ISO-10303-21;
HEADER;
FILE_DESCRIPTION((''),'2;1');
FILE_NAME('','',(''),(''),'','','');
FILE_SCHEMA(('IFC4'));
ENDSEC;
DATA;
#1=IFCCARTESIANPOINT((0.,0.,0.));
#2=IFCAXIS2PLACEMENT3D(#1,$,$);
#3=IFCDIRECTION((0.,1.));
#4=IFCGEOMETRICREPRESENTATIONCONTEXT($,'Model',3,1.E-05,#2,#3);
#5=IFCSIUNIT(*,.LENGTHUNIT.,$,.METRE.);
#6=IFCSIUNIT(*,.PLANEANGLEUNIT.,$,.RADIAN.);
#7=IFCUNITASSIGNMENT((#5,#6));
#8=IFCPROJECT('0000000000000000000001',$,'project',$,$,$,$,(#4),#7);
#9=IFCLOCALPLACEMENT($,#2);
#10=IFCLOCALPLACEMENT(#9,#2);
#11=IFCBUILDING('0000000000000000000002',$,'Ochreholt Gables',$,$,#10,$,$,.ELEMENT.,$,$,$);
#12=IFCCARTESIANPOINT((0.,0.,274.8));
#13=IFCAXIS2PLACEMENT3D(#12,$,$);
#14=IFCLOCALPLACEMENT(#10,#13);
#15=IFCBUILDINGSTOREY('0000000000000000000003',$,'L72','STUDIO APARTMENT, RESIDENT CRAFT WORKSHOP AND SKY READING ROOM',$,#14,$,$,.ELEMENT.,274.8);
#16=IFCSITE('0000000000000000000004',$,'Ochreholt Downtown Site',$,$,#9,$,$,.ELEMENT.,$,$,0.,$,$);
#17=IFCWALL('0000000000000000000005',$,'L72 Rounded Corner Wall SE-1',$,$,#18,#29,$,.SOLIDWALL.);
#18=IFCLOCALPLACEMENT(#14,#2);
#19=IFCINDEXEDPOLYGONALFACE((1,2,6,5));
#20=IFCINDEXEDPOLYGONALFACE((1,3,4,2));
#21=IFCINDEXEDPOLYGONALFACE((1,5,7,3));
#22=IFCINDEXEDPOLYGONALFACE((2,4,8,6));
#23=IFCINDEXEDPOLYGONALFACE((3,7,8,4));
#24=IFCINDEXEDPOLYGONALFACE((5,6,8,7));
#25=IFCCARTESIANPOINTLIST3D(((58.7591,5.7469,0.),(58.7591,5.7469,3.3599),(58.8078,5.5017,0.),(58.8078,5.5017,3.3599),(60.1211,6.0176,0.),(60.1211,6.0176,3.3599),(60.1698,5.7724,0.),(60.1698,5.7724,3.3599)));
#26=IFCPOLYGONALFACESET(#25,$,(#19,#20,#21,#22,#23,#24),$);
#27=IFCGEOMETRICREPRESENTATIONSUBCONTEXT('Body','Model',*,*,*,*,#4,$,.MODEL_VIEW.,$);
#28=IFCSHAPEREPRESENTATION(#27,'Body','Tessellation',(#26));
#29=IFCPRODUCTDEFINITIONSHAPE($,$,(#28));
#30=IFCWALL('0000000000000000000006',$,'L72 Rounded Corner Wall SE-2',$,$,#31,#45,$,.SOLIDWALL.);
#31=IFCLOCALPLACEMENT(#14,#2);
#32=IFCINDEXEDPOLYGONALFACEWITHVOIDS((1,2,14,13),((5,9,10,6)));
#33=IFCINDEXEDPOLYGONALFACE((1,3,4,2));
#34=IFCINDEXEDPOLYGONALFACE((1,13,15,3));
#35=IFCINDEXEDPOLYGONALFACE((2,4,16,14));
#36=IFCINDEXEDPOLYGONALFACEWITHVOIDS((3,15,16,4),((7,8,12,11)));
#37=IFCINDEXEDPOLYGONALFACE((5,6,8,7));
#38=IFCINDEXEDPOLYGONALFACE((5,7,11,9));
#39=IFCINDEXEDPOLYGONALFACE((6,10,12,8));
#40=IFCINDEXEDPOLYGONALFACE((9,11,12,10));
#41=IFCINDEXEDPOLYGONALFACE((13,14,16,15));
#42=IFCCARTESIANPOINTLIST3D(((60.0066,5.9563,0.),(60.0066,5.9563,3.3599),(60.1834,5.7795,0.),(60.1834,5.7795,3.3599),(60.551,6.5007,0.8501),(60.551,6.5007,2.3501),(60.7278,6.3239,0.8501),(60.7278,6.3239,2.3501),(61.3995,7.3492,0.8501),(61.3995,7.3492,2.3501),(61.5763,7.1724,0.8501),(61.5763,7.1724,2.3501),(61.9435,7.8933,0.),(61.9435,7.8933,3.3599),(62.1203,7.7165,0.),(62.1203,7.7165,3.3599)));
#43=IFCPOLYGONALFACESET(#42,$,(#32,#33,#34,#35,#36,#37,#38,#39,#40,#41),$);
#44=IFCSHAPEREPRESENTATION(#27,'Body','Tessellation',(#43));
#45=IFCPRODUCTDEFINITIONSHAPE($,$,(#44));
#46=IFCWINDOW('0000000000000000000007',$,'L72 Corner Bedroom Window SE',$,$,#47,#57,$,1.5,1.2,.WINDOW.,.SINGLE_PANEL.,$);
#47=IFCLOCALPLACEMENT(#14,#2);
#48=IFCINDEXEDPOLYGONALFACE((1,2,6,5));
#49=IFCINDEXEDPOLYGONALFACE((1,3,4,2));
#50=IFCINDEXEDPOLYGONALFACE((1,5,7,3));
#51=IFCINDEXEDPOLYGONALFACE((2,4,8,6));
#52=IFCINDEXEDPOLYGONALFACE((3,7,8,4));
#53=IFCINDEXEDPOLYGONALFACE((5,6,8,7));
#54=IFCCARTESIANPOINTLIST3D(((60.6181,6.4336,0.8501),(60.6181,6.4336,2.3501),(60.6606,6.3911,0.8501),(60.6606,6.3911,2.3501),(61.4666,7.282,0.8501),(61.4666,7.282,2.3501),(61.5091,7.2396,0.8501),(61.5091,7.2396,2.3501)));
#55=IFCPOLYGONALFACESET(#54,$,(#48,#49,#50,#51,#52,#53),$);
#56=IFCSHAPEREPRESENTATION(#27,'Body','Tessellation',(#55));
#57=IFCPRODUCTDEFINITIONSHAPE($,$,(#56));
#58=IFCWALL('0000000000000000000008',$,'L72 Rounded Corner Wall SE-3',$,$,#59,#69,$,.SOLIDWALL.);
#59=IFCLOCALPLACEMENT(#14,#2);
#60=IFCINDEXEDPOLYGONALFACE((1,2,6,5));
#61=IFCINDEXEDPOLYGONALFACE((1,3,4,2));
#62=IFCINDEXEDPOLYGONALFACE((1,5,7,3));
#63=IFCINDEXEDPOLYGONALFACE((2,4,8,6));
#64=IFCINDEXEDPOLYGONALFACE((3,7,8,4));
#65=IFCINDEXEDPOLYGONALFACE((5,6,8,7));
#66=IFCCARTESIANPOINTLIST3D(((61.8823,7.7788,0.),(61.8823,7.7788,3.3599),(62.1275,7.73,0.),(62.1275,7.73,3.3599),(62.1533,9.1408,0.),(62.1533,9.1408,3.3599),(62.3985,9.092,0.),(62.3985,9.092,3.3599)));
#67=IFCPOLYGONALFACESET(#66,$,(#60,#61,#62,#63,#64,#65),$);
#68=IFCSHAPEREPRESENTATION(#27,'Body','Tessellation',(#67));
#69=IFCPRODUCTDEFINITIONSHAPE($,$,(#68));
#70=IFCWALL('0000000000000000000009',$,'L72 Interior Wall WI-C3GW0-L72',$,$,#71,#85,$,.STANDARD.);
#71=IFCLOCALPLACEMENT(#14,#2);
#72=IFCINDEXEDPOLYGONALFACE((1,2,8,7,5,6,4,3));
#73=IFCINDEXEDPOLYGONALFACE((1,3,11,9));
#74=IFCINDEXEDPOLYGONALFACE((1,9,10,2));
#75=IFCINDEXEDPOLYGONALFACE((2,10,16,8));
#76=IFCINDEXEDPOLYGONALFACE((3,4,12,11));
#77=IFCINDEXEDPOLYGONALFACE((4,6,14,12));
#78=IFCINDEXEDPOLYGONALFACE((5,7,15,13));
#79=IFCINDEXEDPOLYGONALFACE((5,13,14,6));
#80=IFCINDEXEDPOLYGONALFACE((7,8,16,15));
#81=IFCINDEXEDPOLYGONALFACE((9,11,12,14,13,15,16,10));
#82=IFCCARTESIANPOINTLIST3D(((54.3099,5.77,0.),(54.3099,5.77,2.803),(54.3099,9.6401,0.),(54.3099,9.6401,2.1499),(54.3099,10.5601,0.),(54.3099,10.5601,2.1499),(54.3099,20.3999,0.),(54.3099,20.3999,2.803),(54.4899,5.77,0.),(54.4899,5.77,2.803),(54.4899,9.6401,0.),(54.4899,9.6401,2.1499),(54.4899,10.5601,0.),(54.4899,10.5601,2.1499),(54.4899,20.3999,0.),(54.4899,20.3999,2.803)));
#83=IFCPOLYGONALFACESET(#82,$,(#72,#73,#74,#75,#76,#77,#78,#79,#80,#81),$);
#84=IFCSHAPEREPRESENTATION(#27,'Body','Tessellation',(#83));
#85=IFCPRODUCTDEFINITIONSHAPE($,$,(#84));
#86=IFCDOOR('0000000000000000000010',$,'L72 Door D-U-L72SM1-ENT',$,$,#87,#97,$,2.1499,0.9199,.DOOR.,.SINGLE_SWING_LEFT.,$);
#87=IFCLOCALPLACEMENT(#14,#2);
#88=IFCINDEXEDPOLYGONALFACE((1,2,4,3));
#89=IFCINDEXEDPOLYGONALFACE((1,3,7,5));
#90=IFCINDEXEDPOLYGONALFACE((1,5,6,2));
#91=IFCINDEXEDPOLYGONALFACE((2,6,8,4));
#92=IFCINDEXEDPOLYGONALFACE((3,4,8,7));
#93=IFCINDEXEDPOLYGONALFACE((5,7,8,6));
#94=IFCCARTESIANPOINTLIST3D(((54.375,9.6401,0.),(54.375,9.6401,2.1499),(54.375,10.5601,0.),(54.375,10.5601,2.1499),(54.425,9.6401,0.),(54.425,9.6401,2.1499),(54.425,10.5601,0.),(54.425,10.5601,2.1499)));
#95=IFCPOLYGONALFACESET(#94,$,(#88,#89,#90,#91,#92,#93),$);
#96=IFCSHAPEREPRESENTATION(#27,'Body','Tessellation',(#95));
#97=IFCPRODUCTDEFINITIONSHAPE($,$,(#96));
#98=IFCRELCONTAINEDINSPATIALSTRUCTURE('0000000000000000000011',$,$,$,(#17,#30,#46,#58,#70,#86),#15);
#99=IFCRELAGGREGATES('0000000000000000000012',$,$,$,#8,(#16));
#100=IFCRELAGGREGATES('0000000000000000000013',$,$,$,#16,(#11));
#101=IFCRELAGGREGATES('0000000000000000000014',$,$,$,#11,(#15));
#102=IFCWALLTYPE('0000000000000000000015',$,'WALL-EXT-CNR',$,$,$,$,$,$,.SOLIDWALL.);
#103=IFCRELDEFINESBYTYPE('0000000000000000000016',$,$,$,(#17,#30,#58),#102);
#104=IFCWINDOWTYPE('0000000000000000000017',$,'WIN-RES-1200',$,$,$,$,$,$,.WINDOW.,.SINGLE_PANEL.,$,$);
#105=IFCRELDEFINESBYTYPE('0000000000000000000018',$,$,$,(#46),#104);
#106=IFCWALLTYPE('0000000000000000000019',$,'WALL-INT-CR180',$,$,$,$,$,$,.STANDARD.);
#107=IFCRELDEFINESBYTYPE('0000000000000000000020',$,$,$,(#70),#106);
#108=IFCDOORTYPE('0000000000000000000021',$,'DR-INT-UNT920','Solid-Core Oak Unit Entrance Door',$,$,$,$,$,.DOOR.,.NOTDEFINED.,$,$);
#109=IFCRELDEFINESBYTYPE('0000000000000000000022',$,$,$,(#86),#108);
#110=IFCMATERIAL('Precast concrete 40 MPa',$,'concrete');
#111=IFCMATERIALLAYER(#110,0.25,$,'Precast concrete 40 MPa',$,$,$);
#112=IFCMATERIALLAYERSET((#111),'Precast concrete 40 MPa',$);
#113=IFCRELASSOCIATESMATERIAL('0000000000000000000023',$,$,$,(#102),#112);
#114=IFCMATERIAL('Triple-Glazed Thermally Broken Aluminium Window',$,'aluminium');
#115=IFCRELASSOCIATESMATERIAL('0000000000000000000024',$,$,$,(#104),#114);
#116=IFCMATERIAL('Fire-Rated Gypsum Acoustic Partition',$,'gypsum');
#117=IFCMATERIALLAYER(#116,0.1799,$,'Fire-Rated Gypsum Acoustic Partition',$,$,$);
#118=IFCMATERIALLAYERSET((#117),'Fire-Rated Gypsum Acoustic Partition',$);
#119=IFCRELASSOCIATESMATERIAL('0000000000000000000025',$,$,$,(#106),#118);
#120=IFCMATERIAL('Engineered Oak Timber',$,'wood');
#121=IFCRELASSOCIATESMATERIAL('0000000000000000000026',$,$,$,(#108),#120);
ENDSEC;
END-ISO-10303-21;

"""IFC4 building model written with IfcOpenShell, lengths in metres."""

from ifc_helpers import new_model, si_unit, direction, frame, frame_2d, origin, place, context, subcontext, project, spatial, rectangle, extrude, material, layer, layer_set, type_object, element, fill, save


model = new_model("IFC4")

# Units and contexts
model_context = context("Model", 3, precision=1e-05, world=origin(), true_north=direction((0.0, 1.0)))
body_context = subcontext(model_context, "Body", "Model", "MODEL_VIEW")
ifc_project = project(units=[si_unit("LENGTHUNIT", "METRE"), si_unit("PLANEANGLEUNIT", "RADIAN")], contexts=[model_context])

# Site, building, storey
site_placement = place(None, origin())
site = spatial("IfcSite", under=ifc_project, at=site_placement, Name="Ochreholt Downtown Site", CompositionType="ELEMENT", RefElevation=0.0)
building_placement = place(site_placement, origin())
building = spatial("IfcBuilding", under=site, at=building_placement, Name="Ochreholt Gables", CompositionType="ELEMENT")
storey_placement = place(building_placement, frame((0.0, 0.0, 274.8)))
storey = spatial("IfcBuildingStorey", under=building, at=storey_placement, Name="L72", Description="STUDIO APARTMENT, RESIDENT CRAFT WORKSHOP AND SKY READING ROOM", CompositionType="ELEMENT", Elevation=274.8)

# Shared definitions
ifc_material_1 = material(Name="Precast concrete 40 MPa", Category="concrete")
ifc_material_2 = material(Name="Triple-Glazed Thermally Broken Aluminium Window", Category="aluminium")

# Wall
ifc_layer_1 = layer(ifc_material_1, 0.25, Name="Precast concrete 40 MPa")
ifc_layer_set_1 = layer_set([ifc_layer_1], Name="Precast concrete 40 MPa")
wall_type_1 = type_object("IfcWallType", Name="WALL-EXT-CNR", PredefinedType="SOLIDWALL", material=ifc_layer_set_1)
wall_1_placement = place(storey_placement, frame((58.7834, 5.6243, 0.0), z_axis=(0.0, 0.0, 1.0), x_axis=(0.98081, 0.194967, 0.0)))
element("IfcWall", 1, at=wall_1_placement, inside=storey, type_object=wall_type_1, Name="L72 Rounded Corner Wall SE-1", PredefinedType="SOLIDWALL", context=body_context, shape_type="SweptSolid", body=[
    extrude(rectangle(XDim=1.3887, YDim=0.25, at=frame_2d((0.6943, 0.0))), origin(), (0.0, 0.0, 1.0), 3.3599),
])

# Wall, opening, window
wall_2_placement = place(storey_placement, frame((60.095, 5.8679, 0.0), z_axis=(0.0, 0.0, 1.0), x_axis=(0.707107, 0.707107, 0.0)))
wall_2 = element("IfcWall", 2, at=wall_2_placement, inside=storey, type_object=wall_type_1, Name="L72 Rounded Corner Wall SE-2", PredefinedType="SOLIDWALL", context=body_context, shape_type="SweptSolid", body=[
    extrude(rectangle(XDim=2.7393, YDim=0.25, at=frame_2d((1.3696, 0.0))), origin(), (0.0, 0.0, 1.0), 3.3599),
])
opening_1_placement = place(wall_2_placement, frame((0.7698, 0.0, 0.8501)))
opening_1 = element("IfcOpeningElement", 3, at=opening_1_placement, cuts=wall_2, PredefinedType="OPENING", context=body_context, shape_type="SweptSolid", body=[
    extrude(rectangle(XDim=1.2, YDim=1.5, at=frame_2d((0.6001, 0.75))), frame((0.0, 0.135, 0.0), z_axis=(0.0, -1.0, 0.0), x_axis=(1.0, 0.0, 0.0)), (0.0, 0.0, 1.0), 0.27),
])
window_type_1 = type_object("IfcWindowType", Name="WIN-RES-1200", PartitioningType="SINGLE_PANEL", PredefinedType="WINDOW", material=ifc_material_2)
window_1_placement = place(opening_1_placement, origin())
window_1 = element("IfcWindow", 4, at=window_1_placement, inside=storey, type_object=window_type_1, Name="L72 Corner Bedroom Window SE", OverallHeight=1.5, OverallWidth=1.2, PartitioningType="SINGLE_PANEL", PredefinedType="WINDOW", context=body_context, shape_type="SweptSolid", body=[
    extrude(rectangle(XDim=1.2, YDim=1.5, at=frame_2d((0.6001, 0.75))), frame((0.0, 0.03, 0.0), z_axis=(0.0, -1.0, 0.0), x_axis=(1.0, 0.0, 0.0)), (0.0, 0.0, 1.0), 0.0601),
])
fill(opening_1, window_1)

# Wall
wall_3_placement = place(storey_placement, frame((62.0049, 7.7544, 0.0), z_axis=(0.0, 0.0, 1.0), x_axis=(0.195136, 0.980776, 0.0)))
element("IfcWall", 5, at=wall_3_placement, inside=storey, type_object=wall_type_1, Name="L72 Rounded Corner Wall SE-3", PredefinedType="SOLIDWALL", context=body_context, shape_type="SweptSolid", body=[
    extrude(rectangle(XDim=1.3887, YDim=0.25, at=frame_2d((0.6943, 0.0))), origin(), (0.0, 0.0, 1.0), 3.3599),
])

# Wall, opening, door
ifc_material_3 = material(Name="Fire-Rated Gypsum Acoustic Partition", Category="gypsum")
ifc_layer_2 = layer(ifc_material_3, 0.1799, Name="Fire-Rated Gypsum Acoustic Partition")
ifc_layer_set_2 = layer_set([ifc_layer_2], Name="Fire-Rated Gypsum Acoustic Partition")
wall_type_2 = type_object("IfcWallType", Name="WALL-INT-CR180", PredefinedType="STANDARD", material=ifc_layer_set_2)
wall_4_placement = place(storey_placement, frame((54.3999, 5.77, 0.0), z_axis=(0.0, 0.0, 1.0), x_axis=(0.0, 1.0, 0.0)))
wall_4 = element("IfcWall", 6, at=wall_4_placement, inside=storey, type_object=wall_type_2, Name="L72 Interior Wall WI-C3GW0-L72", PredefinedType="STANDARD", context=body_context, shape_type="SweptSolid", body=[
    extrude(rectangle(XDim=14.6299, YDim=0.1799, at=frame_2d((7.3149, 0.0))), origin(), (0.0, 0.0, 1.0), 2.803),
])
opening_2_placement = place(wall_4_placement, frame((3.8701, 0.0, 0.0)))
opening_2 = element("IfcOpeningElement", 7, at=opening_2_placement, cuts=wall_4, PredefinedType="OPENING", context=body_context, shape_type="SweptSolid", body=[
    extrude(rectangle(XDim=0.9199, YDim=2.1499, at=frame_2d((0.46, 1.075))), frame((0.0, 0.0999, 0.0), z_axis=(0.0, -1.0, 0.0), x_axis=(1.0, 0.0, 0.0)), (0.0, 0.0, 1.0), 0.2),
])
ifc_material_4 = material(Name="Engineered Oak Timber", Category="wood")
door_type_1 = type_object("IfcDoorType", Name="DR-INT-UNT920", Description="Solid-Core Oak Unit Entrance Door", OperationType="NOTDEFINED", PredefinedType="DOOR", material=ifc_material_4)
door_1_placement = place(opening_2_placement, origin())
door_1 = element("IfcDoor", 8, at=door_1_placement, inside=storey, type_object=door_type_1, Name="L72 Door D-U-L72SM1-ENT", OperationType="SINGLE_SWING_LEFT", OverallHeight=2.1499, OverallWidth=0.9199, PredefinedType="DOOR", context=body_context, shape_type="SweptSolid", body=[
    extrude(rectangle(XDim=0.9199, YDim=2.1499, at=frame_2d((0.46, 1.075))), frame((0.0, 0.0249, 0.0), z_axis=(0.0, -1.0, 0.0), x_axis=(1.0, 0.0, 0.0)), (0.0, 0.0, 1.0), 0.05),
])
fill(opening_2, door_1)

save(model, "model.ifc")
